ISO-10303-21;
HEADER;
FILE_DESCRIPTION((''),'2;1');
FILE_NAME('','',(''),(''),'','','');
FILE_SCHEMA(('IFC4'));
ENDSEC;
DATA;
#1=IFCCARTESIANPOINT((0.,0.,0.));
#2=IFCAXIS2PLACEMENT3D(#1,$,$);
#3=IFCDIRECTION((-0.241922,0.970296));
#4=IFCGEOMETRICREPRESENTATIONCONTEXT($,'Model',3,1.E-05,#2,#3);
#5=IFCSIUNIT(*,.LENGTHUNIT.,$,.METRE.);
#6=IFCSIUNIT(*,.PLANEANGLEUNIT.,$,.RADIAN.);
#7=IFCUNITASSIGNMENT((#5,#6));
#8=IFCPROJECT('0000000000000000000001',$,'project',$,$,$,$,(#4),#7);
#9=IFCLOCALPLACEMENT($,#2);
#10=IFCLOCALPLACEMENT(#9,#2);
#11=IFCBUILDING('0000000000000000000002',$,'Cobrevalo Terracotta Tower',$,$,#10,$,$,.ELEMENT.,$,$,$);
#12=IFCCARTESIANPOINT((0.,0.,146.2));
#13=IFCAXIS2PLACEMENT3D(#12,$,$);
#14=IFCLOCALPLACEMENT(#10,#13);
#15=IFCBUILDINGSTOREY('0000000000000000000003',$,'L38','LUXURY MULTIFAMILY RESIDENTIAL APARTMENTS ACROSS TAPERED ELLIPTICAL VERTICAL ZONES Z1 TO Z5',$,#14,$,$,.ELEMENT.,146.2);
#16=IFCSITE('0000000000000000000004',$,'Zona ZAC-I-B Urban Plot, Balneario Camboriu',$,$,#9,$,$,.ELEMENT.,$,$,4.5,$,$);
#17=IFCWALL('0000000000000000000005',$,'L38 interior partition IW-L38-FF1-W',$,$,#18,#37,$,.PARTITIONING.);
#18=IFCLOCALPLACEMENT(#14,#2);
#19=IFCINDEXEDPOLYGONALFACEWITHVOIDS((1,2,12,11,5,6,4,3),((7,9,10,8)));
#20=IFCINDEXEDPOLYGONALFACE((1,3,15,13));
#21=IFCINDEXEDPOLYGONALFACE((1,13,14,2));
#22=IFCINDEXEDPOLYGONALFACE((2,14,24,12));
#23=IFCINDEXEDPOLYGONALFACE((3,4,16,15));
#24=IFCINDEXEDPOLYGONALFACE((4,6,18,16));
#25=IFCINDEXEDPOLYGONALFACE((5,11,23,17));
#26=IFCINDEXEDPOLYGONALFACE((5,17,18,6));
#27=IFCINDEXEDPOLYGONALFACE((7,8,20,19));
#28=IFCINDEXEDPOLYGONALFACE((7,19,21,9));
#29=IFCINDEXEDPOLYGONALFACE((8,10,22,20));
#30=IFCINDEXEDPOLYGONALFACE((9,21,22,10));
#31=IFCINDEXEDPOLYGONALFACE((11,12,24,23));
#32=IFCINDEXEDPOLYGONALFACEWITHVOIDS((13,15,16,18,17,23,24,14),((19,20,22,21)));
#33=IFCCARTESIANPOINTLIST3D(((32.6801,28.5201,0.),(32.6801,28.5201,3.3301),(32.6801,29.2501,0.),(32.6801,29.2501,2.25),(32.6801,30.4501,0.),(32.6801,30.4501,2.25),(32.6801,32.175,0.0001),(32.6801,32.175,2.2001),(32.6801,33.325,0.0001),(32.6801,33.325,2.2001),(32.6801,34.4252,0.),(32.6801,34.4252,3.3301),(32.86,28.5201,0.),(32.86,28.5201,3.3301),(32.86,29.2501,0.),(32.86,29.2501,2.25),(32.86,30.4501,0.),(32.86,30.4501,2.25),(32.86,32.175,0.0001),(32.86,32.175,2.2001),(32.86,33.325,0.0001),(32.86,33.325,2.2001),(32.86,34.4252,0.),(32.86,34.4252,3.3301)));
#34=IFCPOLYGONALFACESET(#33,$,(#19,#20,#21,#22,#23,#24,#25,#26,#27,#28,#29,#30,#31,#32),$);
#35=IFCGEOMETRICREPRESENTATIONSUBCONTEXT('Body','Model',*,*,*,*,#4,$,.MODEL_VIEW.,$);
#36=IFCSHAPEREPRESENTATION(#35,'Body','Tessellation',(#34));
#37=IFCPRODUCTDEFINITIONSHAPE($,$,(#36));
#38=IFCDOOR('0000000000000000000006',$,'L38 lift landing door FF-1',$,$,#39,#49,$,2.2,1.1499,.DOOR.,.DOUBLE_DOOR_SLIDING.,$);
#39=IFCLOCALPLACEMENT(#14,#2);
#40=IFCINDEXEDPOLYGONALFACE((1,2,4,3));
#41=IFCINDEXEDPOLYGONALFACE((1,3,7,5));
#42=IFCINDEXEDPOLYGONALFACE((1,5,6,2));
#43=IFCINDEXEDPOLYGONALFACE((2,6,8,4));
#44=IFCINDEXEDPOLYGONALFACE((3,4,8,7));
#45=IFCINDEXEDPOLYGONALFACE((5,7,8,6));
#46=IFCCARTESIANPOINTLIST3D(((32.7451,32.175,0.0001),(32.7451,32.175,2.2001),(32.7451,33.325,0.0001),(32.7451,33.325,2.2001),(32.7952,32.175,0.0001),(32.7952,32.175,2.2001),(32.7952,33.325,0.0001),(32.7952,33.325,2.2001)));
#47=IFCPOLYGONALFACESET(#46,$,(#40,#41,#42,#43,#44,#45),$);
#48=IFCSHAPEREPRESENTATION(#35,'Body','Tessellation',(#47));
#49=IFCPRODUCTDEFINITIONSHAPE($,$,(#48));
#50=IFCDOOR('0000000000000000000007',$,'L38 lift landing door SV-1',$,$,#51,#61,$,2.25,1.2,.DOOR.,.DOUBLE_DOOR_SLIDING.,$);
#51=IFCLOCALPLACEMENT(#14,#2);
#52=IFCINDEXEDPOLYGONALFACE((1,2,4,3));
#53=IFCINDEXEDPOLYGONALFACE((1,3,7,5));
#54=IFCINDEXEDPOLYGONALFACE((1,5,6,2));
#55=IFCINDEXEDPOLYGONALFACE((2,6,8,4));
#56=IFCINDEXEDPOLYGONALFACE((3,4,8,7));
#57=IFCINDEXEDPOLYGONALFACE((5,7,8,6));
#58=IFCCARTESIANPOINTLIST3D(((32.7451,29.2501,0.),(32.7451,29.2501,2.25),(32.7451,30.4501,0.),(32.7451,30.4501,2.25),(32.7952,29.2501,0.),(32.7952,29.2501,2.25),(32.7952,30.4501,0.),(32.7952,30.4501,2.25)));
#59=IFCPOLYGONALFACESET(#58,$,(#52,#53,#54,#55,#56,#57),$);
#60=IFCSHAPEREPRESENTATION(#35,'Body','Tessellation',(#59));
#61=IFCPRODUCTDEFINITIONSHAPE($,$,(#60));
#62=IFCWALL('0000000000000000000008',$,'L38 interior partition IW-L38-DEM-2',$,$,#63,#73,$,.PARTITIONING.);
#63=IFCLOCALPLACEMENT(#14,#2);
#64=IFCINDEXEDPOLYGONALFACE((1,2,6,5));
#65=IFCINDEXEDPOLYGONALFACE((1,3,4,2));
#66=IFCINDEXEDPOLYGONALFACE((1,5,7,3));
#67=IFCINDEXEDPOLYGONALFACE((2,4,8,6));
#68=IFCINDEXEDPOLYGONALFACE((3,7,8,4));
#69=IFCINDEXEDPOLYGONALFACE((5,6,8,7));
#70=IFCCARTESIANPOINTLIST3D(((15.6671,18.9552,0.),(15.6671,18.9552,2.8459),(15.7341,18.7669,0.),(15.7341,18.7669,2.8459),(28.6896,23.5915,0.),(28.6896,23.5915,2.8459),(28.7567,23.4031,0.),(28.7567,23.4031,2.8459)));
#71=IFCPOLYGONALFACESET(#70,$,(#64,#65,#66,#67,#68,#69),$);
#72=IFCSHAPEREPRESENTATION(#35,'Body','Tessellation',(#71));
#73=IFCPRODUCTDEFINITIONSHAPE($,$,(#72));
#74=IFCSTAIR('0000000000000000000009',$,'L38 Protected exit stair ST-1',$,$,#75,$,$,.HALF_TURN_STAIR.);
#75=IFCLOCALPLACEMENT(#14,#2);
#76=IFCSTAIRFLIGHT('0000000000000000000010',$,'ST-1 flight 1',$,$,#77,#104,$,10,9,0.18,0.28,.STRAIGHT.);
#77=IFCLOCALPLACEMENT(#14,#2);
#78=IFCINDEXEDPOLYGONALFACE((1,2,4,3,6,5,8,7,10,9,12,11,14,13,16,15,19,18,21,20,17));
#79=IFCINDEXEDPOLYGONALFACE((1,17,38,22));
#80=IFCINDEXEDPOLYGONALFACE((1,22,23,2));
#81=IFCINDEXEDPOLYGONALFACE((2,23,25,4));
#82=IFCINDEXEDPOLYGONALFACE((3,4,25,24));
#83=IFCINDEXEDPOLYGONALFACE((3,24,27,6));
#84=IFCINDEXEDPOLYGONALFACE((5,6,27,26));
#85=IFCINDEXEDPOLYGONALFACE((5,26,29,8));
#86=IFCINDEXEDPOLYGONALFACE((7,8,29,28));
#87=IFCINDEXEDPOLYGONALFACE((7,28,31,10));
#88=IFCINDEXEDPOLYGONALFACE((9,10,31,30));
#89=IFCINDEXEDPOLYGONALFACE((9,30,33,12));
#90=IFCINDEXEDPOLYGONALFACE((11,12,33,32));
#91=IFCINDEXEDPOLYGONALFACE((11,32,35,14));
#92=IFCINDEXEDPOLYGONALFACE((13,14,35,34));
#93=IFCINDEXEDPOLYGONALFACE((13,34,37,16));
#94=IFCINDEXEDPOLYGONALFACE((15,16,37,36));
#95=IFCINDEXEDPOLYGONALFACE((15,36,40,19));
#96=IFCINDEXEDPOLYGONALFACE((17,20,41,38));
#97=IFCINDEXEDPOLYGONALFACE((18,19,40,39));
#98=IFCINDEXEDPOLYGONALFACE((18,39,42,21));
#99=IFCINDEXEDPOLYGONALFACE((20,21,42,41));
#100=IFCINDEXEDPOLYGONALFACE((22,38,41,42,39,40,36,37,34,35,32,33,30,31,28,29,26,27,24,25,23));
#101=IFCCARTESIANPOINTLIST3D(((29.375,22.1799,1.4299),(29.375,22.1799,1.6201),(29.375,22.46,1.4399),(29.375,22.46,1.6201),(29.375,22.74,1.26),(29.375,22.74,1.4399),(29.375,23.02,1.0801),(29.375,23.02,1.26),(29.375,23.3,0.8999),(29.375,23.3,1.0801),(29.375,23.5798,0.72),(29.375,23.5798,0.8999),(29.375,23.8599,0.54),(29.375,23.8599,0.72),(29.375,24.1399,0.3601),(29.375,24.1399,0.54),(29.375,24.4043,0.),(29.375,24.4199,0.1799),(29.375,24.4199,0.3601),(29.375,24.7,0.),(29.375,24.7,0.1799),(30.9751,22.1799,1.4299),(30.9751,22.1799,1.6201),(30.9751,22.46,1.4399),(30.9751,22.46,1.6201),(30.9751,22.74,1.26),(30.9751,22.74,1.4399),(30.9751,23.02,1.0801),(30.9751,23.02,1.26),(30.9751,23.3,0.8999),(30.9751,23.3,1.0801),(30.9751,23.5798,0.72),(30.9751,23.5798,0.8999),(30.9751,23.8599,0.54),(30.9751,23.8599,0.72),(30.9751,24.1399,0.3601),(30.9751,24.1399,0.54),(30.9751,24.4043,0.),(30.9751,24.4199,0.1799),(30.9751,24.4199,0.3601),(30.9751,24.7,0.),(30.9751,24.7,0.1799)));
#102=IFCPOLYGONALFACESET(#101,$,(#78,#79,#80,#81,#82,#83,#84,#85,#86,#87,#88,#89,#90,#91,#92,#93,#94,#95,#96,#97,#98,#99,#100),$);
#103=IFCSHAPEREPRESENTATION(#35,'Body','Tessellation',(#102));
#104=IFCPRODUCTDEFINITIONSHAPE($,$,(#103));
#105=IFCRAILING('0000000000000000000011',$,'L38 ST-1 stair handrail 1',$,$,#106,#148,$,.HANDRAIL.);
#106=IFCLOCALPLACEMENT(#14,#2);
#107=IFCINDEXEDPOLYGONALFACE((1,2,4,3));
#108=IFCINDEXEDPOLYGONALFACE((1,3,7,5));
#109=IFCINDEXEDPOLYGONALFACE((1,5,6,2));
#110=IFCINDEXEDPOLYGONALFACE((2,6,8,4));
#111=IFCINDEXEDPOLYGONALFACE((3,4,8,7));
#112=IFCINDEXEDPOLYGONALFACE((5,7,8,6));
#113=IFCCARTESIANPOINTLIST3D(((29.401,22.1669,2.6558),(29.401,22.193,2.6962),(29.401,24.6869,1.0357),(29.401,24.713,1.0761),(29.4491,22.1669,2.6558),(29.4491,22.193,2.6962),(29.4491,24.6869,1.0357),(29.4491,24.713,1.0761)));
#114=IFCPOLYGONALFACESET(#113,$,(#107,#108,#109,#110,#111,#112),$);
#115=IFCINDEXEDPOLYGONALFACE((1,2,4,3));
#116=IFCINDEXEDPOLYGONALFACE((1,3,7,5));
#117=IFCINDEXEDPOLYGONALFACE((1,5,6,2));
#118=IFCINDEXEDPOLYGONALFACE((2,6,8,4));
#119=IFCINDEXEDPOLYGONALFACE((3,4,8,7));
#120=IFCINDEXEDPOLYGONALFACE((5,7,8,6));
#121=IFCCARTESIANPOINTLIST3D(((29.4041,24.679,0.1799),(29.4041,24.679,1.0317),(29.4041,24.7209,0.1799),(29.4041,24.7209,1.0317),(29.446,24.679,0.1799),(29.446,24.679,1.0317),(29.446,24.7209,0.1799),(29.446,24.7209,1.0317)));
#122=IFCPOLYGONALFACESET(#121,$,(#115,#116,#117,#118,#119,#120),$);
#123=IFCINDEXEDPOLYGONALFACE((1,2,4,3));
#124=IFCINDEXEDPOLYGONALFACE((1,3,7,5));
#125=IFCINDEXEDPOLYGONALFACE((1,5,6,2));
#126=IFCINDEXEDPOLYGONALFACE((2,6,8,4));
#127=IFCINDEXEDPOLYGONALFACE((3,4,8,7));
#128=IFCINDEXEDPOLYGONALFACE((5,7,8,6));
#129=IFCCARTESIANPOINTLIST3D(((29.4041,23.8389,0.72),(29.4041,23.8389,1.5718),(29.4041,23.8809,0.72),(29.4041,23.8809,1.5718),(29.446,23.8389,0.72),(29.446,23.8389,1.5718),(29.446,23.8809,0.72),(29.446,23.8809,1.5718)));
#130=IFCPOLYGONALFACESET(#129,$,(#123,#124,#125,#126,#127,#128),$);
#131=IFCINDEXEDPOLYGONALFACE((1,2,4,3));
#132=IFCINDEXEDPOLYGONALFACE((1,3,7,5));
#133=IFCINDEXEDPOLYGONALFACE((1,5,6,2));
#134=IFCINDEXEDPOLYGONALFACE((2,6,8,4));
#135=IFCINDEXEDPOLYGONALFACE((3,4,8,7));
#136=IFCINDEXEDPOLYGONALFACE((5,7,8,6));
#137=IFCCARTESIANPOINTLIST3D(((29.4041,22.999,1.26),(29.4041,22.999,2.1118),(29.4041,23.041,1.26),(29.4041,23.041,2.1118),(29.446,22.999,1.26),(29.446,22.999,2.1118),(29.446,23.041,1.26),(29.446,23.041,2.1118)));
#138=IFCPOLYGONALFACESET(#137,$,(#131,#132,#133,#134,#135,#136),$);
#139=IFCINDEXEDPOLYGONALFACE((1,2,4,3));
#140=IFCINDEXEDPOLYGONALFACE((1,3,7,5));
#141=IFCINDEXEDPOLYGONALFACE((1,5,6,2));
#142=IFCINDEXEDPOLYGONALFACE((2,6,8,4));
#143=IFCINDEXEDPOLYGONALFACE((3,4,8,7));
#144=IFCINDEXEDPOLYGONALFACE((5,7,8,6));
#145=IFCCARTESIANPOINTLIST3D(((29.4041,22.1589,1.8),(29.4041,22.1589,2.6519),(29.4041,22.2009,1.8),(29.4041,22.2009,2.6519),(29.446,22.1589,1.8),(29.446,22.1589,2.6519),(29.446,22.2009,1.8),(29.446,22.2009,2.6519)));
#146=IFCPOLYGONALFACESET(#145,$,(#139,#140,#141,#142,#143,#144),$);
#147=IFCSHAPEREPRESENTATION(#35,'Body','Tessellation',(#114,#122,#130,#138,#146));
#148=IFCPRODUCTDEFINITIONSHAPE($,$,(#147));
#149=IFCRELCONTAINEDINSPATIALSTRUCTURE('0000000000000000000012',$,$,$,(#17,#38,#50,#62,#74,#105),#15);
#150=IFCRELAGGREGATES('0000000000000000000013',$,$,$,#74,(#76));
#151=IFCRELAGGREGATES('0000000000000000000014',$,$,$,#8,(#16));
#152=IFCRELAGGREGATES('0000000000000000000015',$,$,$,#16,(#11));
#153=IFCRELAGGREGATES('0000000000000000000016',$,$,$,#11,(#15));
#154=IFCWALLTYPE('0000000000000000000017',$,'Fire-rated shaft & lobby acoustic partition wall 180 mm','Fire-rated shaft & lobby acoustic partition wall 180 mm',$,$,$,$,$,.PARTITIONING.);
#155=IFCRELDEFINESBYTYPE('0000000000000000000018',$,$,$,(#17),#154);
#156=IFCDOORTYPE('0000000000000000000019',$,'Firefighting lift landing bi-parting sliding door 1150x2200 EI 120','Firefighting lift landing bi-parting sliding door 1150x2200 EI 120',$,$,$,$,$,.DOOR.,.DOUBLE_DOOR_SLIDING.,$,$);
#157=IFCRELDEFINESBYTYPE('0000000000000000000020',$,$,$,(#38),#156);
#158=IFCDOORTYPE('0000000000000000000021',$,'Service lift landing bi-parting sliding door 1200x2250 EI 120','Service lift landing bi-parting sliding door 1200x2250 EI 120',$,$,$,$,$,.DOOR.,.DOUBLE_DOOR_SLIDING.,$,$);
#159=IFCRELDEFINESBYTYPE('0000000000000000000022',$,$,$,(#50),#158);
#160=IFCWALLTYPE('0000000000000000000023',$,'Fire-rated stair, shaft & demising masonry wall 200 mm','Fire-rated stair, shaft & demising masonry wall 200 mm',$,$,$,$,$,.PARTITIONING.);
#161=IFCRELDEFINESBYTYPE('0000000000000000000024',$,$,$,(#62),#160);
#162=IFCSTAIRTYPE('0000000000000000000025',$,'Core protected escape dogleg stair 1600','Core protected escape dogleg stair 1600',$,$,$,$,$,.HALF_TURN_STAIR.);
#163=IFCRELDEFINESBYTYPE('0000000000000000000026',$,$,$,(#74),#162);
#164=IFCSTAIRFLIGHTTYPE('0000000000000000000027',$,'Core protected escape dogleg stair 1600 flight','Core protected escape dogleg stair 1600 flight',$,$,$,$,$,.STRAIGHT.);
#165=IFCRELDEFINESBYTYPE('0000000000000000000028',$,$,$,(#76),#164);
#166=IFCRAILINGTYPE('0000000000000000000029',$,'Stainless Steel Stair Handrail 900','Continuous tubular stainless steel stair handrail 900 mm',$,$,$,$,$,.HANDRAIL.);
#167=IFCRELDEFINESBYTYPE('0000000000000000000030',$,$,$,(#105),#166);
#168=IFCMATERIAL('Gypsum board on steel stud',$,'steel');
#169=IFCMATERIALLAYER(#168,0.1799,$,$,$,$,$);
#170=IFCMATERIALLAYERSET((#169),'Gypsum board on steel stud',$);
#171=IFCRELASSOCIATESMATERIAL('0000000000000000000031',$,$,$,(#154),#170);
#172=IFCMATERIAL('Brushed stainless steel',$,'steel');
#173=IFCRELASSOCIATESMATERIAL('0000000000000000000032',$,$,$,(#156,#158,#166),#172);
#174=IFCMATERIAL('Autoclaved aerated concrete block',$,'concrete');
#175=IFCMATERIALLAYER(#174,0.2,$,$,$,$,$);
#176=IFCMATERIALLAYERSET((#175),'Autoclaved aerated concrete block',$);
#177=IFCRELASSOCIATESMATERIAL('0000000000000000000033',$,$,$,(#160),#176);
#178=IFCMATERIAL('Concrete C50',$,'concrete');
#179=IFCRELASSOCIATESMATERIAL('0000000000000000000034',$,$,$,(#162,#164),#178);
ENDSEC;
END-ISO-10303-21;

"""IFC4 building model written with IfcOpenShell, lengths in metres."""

from ifc_helpers import new_model, si_unit, direction, frame, frame_2d, origin, origin_2d, place, context, subcontext, project, spatial, polyline, rectangle, outline, extrude, source, transform, mapped, material, layer, layer_set, type_object, element, fill, aggregate, save


model = new_model("IFC4")

# Units and contexts
model_context = context("Model", 3, precision=1e-05, world=origin(), true_north=direction((-0.241922, 0.970296)))
body_context = subcontext(model_context, "Body", "Model", "MODEL_VIEW")
ifc_project = project(units=[si_unit("LENGTHUNIT", "METRE"), si_unit("PLANEANGLEUNIT", "RADIAN")], contexts=[model_context])

# Site, building, storey
site_placement = place(None, origin())
site = spatial("IfcSite", under=ifc_project, at=site_placement, Name="Zona ZAC-I-B Urban Plot, Balneario Camboriu", CompositionType="ELEMENT", RefElevation=4.5)
building_placement = place(site_placement, origin())
building = spatial("IfcBuilding", under=site, at=building_placement, Name="Cobrevalo Terracotta Tower", CompositionType="ELEMENT")
storey_placement = place(building_placement, frame((0.0, 0.0, 146.2)))
storey = spatial("IfcBuildingStorey", under=building, at=storey_placement, Name="L38", Description="LUXURY MULTIFAMILY RESIDENTIAL APARTMENTS ACROSS TAPERED ELLIPTICAL VERTICAL ZONES Z1 TO Z5", CompositionType="ELEMENT", Elevation=146.2)

# Shared definitions
ifc_material_1 = material(Name="Gypsum board on steel stud", Category="steel")

# Shared definitions
ifc_layer_1 = layer(ifc_material_1, 0.1799)
ifc_layer_set_1 = layer_set([ifc_layer_1], Name="Gypsum board on steel stud")
wall_type_1 = type_object("IfcWallType", Name="Fire-rated shaft & lobby acoustic partition wall 180 mm", Description="Fire-rated shaft & lobby acoustic partition wall 180 mm", PredefinedType="PARTITIONING", material=ifc_layer_set_1)

# Wall, openings, doors
wall_1_placement = place(storey_placement, frame((32.77, 28.52, 0.0), z_axis=(0.0, 0.0, 1.0), x_axis=(0.0, 1.0, 0.0)))
wall_1 = element("IfcWall", 1, at=wall_1_placement, inside=storey, type_object=wall_type_1, Name="L38 interior partition IW-L38-FF1-W", PredefinedType="PARTITIONING", context=body_context, shape_type="SweptSolid", body=[
    extrude(rectangle(XDim=5.905, YDim=0.1799, at=frame_2d((2.9526, 0.0))), origin(), (0.0, 0.0, 1.0), 3.3301),
])
opening_1_placement = place(wall_1_placement, frame((3.655, 0.0, 0.0)))
opening_1 = element("IfcOpeningElement", 2, at=opening_1_placement, cuts=wall_1, PredefinedType="OPENING", context=body_context, shape_type="SweptSolid", body=[
    extrude(rectangle(XDim=1.1499, YDim=2.2, at=frame_2d((0.575, 1.1001))), frame((0.0, 0.1001, 0.0), z_axis=(0.0, -1.0, 0.0), x_axis=(1.0, 0.0, 0.0)), (0.0, 0.0, 1.0), 0.2),
])
opening_2_placement = place(wall_1_placement, frame((0.73, 0.0, 0.0)))
opening_2 = element("IfcOpeningElement", 3, at=opening_2_placement, cuts=wall_1, PredefinedType="OPENING", context=body_context, shape_type="SweptSolid", body=[
    extrude(rectangle(XDim=1.2, YDim=2.25, at=frame_2d((0.6001, 1.125))), frame((0.0, 0.1001, 0.0), z_axis=(0.0, -1.0, 0.0), x_axis=(1.0, 0.0, 0.0)), (0.0, 0.0, 1.0), 0.2),
])
ifc_material_2 = material(Name="Brushed stainless steel", Category="steel")
door_type_1 = type_object("IfcDoorType", Name="Firefighting lift landing bi-parting sliding door 1150x2200 EI 120", Description="Firefighting lift landing bi-parting sliding door 1150x2200 EI 120", OperationType="DOUBLE_DOOR_SLIDING", PredefinedType="DOOR", material=ifc_material_2)
shared_shape_1 = source(origin(), body_context, "Body", "SweptSolid", [
    extrude(rectangle(XDim=1.1499, YDim=2.2, at=frame_2d((0.575, 1.1001))), frame((0.0, 0.0249, 0.0), z_axis=(0.0, -1.0, 0.0), x_axis=(1.0, 0.0, 0.0)), (0.0, 0.0, 1.0), 0.05),
])
door_1_placement = place(opening_1_placement, origin())
door_1 = element("IfcDoor", 4, at=door_1_placement, inside=storey, type_object=door_type_1, Name="L38 lift landing door FF-1", OperationType="DOUBLE_DOOR_SLIDING", OverallHeight=2.2, OverallWidth=1.1499, PredefinedType="DOOR", context=body_context, shape_type="MappedRepresentation", body=[
    mapped(shared_shape_1, transform((0.0, 0.0, 0.0), scale=1.0)),
])
fill(opening_1, door_1)
door_type_2 = type_object("IfcDoorType", Name="Service lift landing bi-parting sliding door 1200x2250 EI 120", Description="Service lift landing bi-parting sliding door 1200x2250 EI 120", OperationType="DOUBLE_DOOR_SLIDING", PredefinedType="DOOR", material=ifc_material_2)
shared_shape_2 = source(origin(), body_context, "Body", "SweptSolid", [
    extrude(rectangle(XDim=1.2, YDim=2.25, at=frame_2d((0.6001, 1.125))), frame((0.0, 0.0249, 0.0), z_axis=(0.0, -1.0, 0.0), x_axis=(1.0, 0.0, 0.0)), (0.0, 0.0, 1.0), 0.05),
])
door_2_placement = place(opening_2_placement, origin())
door_2 = element("IfcDoor", 5, at=door_2_placement, inside=storey, type_object=door_type_2, Name="L38 lift landing door SV-1", OperationType="DOUBLE_DOOR_SLIDING", OverallHeight=2.25, OverallWidth=1.2, PredefinedType="DOOR", context=body_context, shape_type="MappedRepresentation", body=[
    mapped(shared_shape_2, transform((0.0, 0.0, 0.0), scale=1.0)),
])
fill(opening_2, door_2)

# Wall
ifc_material_3 = material(Name="Autoclaved aerated concrete block", Category="concrete")
ifc_layer_2 = layer(ifc_material_3, 0.2)
ifc_layer_set_2 = layer_set([ifc_layer_2], Name="Autoclaved aerated concrete block")
wall_type_2 = type_object("IfcWallType", Name="Fire-rated stair, shaft & demising masonry wall 200 mm", Description="Fire-rated stair, shaft & demising masonry wall 200 mm", PredefinedType="PARTITIONING", material=ifc_layer_set_2)
wall_2_placement = place(storey_placement, frame((28.7231, 23.4973, 0.0), z_axis=(0.0, 0.0, 1.0), x_axis=(-0.942077, -0.335396, 0.0)))
element("IfcWall", 6, at=wall_2_placement, inside=storey, type_object=wall_type_2, Name="L38 interior partition IW-L38-DEM-2", PredefinedType="PARTITIONING", context=body_context, shape_type="SweptSolid", body=[
    extrude(rectangle(XDim=13.8232, YDim=0.2, at=frame_2d((6.9116, 0.0))), origin(), (0.0, 0.0, 1.0), 2.8459),
])

# Shared definitions
ifc_material_4 = material(Name="Concrete C50", Category="concrete")

# Stair, stair flight
stair_type = type_object("IfcStairType", Name="Core protected escape dogleg stair 1600", Description="Core protected escape dogleg stair 1600", PredefinedType="HALF_TURN_STAIR", material=ifc_material_4)
stair_placement = place(storey_placement, origin())
stair = element("IfcStair", 7, at=stair_placement, inside=storey, type_object=stair_type, Name="L38 Protected exit stair ST-1", PredefinedType="HALF_TURN_STAIR")
stair_flight_type = type_object("IfcStairFlightType", Name="Core protected escape dogleg stair 1600 flight", Description="Core protected escape dogleg stair 1600 flight", PredefinedType="STRAIGHT", material=ifc_material_4)
stair_flight_placement = place(storey_placement, frame((30.175, 24.7, 0.0), z_axis=(0.0, 0.0, 1.0), x_axis=(0.0, -1.0, 0.0)))
stair_flight = element("IfcStairFlight", 8, at=stair_flight_placement, type_object=stair_flight_type, Name="ST-1 flight 1", NumberOfRisers=10, NumberOfTreads=9, PredefinedType="STRAIGHT", RiserHeight=0.18, TreadLength=0.28, context=body_context, shape_type="SweptSolid", body=[
    extrude(outline(polyline([(0.0, 0.0), (0.0, 0.1799), (0.28, 0.1799), (0.28, 0.3601), (0.5601, 0.3601), (0.5601, 0.54), (0.8401, 0.54), (0.8401, 0.72), (1.1201, 0.72), (1.1201, 0.8999), (1.3999, 0.8999), (1.3999, 1.0801), (1.6799, 1.0801), (1.6799, 1.26), (1.96, 1.26), (1.96, 1.4399), (2.24, 1.4399), (2.24, 1.6201), (2.52, 1.6201), (2.52, 1.8), (2.52, 1.4299), (0.2957, 0.0), (0.0, 0.0)])), frame((0.0, 0.8, 0.0), z_axis=(0.0, -1.0, 0.0), x_axis=(1.0, 0.0, 0.0)), (0.0, 0.0, 1.0), 1.6001),
])
aggregate(stair, [stair_flight])

# Railing
railing_type_1 = type_object("IfcRailingType", Name="Stainless Steel Stair Handrail 900", Description="Continuous tubular stainless steel stair handrail 900 mm", PredefinedType="HANDRAIL", material=ifc_material_2)
railing_1_placement = place(storey_placement, frame((29.425, 24.7, 0.1799)))
element("IfcRailing", 9, at=railing_1_placement, inside=storey, type_object=railing_type_1, Name="L38 ST-1 stair handrail 1", PredefinedType="HANDRAIL", context=body_context, shape_type="SweptSolid", body=[
    extrude(rectangle(XDim=0.0481, YDim=0.0481, at=origin_2d()), frame((0.0, 0.0, 0.876), z_axis=(0.0, -0.841163, 0.540782), x_axis=(1.0, 0.0, 0.0)), (0.0, 0.0, 1.0), 2.9958),
    extrude(rectangle(XDim=0.042, YDim=0.042, at=origin_2d()), origin(), (0.0, 0.0, 1.0), 0.8518),
    extrude(rectangle(XDim=0.042, YDim=0.042, at=origin_2d()), frame((0.0, -0.8401, 0.54)), (0.0, 0.0, 1.0), 0.8518),
    extrude(rectangle(XDim=0.042, YDim=0.042, at=origin_2d()), frame((0.0, -1.6799, 1.0801)), (0.0, 0.0, 1.0), 0.8518),
    extrude(rectangle(XDim=0.042, YDim=0.042, at=origin_2d()), frame((0.0, -2.52, 1.6201)), (0.0, 0.0, 1.0), 0.8518),
])

save(model, "model.ifc")
